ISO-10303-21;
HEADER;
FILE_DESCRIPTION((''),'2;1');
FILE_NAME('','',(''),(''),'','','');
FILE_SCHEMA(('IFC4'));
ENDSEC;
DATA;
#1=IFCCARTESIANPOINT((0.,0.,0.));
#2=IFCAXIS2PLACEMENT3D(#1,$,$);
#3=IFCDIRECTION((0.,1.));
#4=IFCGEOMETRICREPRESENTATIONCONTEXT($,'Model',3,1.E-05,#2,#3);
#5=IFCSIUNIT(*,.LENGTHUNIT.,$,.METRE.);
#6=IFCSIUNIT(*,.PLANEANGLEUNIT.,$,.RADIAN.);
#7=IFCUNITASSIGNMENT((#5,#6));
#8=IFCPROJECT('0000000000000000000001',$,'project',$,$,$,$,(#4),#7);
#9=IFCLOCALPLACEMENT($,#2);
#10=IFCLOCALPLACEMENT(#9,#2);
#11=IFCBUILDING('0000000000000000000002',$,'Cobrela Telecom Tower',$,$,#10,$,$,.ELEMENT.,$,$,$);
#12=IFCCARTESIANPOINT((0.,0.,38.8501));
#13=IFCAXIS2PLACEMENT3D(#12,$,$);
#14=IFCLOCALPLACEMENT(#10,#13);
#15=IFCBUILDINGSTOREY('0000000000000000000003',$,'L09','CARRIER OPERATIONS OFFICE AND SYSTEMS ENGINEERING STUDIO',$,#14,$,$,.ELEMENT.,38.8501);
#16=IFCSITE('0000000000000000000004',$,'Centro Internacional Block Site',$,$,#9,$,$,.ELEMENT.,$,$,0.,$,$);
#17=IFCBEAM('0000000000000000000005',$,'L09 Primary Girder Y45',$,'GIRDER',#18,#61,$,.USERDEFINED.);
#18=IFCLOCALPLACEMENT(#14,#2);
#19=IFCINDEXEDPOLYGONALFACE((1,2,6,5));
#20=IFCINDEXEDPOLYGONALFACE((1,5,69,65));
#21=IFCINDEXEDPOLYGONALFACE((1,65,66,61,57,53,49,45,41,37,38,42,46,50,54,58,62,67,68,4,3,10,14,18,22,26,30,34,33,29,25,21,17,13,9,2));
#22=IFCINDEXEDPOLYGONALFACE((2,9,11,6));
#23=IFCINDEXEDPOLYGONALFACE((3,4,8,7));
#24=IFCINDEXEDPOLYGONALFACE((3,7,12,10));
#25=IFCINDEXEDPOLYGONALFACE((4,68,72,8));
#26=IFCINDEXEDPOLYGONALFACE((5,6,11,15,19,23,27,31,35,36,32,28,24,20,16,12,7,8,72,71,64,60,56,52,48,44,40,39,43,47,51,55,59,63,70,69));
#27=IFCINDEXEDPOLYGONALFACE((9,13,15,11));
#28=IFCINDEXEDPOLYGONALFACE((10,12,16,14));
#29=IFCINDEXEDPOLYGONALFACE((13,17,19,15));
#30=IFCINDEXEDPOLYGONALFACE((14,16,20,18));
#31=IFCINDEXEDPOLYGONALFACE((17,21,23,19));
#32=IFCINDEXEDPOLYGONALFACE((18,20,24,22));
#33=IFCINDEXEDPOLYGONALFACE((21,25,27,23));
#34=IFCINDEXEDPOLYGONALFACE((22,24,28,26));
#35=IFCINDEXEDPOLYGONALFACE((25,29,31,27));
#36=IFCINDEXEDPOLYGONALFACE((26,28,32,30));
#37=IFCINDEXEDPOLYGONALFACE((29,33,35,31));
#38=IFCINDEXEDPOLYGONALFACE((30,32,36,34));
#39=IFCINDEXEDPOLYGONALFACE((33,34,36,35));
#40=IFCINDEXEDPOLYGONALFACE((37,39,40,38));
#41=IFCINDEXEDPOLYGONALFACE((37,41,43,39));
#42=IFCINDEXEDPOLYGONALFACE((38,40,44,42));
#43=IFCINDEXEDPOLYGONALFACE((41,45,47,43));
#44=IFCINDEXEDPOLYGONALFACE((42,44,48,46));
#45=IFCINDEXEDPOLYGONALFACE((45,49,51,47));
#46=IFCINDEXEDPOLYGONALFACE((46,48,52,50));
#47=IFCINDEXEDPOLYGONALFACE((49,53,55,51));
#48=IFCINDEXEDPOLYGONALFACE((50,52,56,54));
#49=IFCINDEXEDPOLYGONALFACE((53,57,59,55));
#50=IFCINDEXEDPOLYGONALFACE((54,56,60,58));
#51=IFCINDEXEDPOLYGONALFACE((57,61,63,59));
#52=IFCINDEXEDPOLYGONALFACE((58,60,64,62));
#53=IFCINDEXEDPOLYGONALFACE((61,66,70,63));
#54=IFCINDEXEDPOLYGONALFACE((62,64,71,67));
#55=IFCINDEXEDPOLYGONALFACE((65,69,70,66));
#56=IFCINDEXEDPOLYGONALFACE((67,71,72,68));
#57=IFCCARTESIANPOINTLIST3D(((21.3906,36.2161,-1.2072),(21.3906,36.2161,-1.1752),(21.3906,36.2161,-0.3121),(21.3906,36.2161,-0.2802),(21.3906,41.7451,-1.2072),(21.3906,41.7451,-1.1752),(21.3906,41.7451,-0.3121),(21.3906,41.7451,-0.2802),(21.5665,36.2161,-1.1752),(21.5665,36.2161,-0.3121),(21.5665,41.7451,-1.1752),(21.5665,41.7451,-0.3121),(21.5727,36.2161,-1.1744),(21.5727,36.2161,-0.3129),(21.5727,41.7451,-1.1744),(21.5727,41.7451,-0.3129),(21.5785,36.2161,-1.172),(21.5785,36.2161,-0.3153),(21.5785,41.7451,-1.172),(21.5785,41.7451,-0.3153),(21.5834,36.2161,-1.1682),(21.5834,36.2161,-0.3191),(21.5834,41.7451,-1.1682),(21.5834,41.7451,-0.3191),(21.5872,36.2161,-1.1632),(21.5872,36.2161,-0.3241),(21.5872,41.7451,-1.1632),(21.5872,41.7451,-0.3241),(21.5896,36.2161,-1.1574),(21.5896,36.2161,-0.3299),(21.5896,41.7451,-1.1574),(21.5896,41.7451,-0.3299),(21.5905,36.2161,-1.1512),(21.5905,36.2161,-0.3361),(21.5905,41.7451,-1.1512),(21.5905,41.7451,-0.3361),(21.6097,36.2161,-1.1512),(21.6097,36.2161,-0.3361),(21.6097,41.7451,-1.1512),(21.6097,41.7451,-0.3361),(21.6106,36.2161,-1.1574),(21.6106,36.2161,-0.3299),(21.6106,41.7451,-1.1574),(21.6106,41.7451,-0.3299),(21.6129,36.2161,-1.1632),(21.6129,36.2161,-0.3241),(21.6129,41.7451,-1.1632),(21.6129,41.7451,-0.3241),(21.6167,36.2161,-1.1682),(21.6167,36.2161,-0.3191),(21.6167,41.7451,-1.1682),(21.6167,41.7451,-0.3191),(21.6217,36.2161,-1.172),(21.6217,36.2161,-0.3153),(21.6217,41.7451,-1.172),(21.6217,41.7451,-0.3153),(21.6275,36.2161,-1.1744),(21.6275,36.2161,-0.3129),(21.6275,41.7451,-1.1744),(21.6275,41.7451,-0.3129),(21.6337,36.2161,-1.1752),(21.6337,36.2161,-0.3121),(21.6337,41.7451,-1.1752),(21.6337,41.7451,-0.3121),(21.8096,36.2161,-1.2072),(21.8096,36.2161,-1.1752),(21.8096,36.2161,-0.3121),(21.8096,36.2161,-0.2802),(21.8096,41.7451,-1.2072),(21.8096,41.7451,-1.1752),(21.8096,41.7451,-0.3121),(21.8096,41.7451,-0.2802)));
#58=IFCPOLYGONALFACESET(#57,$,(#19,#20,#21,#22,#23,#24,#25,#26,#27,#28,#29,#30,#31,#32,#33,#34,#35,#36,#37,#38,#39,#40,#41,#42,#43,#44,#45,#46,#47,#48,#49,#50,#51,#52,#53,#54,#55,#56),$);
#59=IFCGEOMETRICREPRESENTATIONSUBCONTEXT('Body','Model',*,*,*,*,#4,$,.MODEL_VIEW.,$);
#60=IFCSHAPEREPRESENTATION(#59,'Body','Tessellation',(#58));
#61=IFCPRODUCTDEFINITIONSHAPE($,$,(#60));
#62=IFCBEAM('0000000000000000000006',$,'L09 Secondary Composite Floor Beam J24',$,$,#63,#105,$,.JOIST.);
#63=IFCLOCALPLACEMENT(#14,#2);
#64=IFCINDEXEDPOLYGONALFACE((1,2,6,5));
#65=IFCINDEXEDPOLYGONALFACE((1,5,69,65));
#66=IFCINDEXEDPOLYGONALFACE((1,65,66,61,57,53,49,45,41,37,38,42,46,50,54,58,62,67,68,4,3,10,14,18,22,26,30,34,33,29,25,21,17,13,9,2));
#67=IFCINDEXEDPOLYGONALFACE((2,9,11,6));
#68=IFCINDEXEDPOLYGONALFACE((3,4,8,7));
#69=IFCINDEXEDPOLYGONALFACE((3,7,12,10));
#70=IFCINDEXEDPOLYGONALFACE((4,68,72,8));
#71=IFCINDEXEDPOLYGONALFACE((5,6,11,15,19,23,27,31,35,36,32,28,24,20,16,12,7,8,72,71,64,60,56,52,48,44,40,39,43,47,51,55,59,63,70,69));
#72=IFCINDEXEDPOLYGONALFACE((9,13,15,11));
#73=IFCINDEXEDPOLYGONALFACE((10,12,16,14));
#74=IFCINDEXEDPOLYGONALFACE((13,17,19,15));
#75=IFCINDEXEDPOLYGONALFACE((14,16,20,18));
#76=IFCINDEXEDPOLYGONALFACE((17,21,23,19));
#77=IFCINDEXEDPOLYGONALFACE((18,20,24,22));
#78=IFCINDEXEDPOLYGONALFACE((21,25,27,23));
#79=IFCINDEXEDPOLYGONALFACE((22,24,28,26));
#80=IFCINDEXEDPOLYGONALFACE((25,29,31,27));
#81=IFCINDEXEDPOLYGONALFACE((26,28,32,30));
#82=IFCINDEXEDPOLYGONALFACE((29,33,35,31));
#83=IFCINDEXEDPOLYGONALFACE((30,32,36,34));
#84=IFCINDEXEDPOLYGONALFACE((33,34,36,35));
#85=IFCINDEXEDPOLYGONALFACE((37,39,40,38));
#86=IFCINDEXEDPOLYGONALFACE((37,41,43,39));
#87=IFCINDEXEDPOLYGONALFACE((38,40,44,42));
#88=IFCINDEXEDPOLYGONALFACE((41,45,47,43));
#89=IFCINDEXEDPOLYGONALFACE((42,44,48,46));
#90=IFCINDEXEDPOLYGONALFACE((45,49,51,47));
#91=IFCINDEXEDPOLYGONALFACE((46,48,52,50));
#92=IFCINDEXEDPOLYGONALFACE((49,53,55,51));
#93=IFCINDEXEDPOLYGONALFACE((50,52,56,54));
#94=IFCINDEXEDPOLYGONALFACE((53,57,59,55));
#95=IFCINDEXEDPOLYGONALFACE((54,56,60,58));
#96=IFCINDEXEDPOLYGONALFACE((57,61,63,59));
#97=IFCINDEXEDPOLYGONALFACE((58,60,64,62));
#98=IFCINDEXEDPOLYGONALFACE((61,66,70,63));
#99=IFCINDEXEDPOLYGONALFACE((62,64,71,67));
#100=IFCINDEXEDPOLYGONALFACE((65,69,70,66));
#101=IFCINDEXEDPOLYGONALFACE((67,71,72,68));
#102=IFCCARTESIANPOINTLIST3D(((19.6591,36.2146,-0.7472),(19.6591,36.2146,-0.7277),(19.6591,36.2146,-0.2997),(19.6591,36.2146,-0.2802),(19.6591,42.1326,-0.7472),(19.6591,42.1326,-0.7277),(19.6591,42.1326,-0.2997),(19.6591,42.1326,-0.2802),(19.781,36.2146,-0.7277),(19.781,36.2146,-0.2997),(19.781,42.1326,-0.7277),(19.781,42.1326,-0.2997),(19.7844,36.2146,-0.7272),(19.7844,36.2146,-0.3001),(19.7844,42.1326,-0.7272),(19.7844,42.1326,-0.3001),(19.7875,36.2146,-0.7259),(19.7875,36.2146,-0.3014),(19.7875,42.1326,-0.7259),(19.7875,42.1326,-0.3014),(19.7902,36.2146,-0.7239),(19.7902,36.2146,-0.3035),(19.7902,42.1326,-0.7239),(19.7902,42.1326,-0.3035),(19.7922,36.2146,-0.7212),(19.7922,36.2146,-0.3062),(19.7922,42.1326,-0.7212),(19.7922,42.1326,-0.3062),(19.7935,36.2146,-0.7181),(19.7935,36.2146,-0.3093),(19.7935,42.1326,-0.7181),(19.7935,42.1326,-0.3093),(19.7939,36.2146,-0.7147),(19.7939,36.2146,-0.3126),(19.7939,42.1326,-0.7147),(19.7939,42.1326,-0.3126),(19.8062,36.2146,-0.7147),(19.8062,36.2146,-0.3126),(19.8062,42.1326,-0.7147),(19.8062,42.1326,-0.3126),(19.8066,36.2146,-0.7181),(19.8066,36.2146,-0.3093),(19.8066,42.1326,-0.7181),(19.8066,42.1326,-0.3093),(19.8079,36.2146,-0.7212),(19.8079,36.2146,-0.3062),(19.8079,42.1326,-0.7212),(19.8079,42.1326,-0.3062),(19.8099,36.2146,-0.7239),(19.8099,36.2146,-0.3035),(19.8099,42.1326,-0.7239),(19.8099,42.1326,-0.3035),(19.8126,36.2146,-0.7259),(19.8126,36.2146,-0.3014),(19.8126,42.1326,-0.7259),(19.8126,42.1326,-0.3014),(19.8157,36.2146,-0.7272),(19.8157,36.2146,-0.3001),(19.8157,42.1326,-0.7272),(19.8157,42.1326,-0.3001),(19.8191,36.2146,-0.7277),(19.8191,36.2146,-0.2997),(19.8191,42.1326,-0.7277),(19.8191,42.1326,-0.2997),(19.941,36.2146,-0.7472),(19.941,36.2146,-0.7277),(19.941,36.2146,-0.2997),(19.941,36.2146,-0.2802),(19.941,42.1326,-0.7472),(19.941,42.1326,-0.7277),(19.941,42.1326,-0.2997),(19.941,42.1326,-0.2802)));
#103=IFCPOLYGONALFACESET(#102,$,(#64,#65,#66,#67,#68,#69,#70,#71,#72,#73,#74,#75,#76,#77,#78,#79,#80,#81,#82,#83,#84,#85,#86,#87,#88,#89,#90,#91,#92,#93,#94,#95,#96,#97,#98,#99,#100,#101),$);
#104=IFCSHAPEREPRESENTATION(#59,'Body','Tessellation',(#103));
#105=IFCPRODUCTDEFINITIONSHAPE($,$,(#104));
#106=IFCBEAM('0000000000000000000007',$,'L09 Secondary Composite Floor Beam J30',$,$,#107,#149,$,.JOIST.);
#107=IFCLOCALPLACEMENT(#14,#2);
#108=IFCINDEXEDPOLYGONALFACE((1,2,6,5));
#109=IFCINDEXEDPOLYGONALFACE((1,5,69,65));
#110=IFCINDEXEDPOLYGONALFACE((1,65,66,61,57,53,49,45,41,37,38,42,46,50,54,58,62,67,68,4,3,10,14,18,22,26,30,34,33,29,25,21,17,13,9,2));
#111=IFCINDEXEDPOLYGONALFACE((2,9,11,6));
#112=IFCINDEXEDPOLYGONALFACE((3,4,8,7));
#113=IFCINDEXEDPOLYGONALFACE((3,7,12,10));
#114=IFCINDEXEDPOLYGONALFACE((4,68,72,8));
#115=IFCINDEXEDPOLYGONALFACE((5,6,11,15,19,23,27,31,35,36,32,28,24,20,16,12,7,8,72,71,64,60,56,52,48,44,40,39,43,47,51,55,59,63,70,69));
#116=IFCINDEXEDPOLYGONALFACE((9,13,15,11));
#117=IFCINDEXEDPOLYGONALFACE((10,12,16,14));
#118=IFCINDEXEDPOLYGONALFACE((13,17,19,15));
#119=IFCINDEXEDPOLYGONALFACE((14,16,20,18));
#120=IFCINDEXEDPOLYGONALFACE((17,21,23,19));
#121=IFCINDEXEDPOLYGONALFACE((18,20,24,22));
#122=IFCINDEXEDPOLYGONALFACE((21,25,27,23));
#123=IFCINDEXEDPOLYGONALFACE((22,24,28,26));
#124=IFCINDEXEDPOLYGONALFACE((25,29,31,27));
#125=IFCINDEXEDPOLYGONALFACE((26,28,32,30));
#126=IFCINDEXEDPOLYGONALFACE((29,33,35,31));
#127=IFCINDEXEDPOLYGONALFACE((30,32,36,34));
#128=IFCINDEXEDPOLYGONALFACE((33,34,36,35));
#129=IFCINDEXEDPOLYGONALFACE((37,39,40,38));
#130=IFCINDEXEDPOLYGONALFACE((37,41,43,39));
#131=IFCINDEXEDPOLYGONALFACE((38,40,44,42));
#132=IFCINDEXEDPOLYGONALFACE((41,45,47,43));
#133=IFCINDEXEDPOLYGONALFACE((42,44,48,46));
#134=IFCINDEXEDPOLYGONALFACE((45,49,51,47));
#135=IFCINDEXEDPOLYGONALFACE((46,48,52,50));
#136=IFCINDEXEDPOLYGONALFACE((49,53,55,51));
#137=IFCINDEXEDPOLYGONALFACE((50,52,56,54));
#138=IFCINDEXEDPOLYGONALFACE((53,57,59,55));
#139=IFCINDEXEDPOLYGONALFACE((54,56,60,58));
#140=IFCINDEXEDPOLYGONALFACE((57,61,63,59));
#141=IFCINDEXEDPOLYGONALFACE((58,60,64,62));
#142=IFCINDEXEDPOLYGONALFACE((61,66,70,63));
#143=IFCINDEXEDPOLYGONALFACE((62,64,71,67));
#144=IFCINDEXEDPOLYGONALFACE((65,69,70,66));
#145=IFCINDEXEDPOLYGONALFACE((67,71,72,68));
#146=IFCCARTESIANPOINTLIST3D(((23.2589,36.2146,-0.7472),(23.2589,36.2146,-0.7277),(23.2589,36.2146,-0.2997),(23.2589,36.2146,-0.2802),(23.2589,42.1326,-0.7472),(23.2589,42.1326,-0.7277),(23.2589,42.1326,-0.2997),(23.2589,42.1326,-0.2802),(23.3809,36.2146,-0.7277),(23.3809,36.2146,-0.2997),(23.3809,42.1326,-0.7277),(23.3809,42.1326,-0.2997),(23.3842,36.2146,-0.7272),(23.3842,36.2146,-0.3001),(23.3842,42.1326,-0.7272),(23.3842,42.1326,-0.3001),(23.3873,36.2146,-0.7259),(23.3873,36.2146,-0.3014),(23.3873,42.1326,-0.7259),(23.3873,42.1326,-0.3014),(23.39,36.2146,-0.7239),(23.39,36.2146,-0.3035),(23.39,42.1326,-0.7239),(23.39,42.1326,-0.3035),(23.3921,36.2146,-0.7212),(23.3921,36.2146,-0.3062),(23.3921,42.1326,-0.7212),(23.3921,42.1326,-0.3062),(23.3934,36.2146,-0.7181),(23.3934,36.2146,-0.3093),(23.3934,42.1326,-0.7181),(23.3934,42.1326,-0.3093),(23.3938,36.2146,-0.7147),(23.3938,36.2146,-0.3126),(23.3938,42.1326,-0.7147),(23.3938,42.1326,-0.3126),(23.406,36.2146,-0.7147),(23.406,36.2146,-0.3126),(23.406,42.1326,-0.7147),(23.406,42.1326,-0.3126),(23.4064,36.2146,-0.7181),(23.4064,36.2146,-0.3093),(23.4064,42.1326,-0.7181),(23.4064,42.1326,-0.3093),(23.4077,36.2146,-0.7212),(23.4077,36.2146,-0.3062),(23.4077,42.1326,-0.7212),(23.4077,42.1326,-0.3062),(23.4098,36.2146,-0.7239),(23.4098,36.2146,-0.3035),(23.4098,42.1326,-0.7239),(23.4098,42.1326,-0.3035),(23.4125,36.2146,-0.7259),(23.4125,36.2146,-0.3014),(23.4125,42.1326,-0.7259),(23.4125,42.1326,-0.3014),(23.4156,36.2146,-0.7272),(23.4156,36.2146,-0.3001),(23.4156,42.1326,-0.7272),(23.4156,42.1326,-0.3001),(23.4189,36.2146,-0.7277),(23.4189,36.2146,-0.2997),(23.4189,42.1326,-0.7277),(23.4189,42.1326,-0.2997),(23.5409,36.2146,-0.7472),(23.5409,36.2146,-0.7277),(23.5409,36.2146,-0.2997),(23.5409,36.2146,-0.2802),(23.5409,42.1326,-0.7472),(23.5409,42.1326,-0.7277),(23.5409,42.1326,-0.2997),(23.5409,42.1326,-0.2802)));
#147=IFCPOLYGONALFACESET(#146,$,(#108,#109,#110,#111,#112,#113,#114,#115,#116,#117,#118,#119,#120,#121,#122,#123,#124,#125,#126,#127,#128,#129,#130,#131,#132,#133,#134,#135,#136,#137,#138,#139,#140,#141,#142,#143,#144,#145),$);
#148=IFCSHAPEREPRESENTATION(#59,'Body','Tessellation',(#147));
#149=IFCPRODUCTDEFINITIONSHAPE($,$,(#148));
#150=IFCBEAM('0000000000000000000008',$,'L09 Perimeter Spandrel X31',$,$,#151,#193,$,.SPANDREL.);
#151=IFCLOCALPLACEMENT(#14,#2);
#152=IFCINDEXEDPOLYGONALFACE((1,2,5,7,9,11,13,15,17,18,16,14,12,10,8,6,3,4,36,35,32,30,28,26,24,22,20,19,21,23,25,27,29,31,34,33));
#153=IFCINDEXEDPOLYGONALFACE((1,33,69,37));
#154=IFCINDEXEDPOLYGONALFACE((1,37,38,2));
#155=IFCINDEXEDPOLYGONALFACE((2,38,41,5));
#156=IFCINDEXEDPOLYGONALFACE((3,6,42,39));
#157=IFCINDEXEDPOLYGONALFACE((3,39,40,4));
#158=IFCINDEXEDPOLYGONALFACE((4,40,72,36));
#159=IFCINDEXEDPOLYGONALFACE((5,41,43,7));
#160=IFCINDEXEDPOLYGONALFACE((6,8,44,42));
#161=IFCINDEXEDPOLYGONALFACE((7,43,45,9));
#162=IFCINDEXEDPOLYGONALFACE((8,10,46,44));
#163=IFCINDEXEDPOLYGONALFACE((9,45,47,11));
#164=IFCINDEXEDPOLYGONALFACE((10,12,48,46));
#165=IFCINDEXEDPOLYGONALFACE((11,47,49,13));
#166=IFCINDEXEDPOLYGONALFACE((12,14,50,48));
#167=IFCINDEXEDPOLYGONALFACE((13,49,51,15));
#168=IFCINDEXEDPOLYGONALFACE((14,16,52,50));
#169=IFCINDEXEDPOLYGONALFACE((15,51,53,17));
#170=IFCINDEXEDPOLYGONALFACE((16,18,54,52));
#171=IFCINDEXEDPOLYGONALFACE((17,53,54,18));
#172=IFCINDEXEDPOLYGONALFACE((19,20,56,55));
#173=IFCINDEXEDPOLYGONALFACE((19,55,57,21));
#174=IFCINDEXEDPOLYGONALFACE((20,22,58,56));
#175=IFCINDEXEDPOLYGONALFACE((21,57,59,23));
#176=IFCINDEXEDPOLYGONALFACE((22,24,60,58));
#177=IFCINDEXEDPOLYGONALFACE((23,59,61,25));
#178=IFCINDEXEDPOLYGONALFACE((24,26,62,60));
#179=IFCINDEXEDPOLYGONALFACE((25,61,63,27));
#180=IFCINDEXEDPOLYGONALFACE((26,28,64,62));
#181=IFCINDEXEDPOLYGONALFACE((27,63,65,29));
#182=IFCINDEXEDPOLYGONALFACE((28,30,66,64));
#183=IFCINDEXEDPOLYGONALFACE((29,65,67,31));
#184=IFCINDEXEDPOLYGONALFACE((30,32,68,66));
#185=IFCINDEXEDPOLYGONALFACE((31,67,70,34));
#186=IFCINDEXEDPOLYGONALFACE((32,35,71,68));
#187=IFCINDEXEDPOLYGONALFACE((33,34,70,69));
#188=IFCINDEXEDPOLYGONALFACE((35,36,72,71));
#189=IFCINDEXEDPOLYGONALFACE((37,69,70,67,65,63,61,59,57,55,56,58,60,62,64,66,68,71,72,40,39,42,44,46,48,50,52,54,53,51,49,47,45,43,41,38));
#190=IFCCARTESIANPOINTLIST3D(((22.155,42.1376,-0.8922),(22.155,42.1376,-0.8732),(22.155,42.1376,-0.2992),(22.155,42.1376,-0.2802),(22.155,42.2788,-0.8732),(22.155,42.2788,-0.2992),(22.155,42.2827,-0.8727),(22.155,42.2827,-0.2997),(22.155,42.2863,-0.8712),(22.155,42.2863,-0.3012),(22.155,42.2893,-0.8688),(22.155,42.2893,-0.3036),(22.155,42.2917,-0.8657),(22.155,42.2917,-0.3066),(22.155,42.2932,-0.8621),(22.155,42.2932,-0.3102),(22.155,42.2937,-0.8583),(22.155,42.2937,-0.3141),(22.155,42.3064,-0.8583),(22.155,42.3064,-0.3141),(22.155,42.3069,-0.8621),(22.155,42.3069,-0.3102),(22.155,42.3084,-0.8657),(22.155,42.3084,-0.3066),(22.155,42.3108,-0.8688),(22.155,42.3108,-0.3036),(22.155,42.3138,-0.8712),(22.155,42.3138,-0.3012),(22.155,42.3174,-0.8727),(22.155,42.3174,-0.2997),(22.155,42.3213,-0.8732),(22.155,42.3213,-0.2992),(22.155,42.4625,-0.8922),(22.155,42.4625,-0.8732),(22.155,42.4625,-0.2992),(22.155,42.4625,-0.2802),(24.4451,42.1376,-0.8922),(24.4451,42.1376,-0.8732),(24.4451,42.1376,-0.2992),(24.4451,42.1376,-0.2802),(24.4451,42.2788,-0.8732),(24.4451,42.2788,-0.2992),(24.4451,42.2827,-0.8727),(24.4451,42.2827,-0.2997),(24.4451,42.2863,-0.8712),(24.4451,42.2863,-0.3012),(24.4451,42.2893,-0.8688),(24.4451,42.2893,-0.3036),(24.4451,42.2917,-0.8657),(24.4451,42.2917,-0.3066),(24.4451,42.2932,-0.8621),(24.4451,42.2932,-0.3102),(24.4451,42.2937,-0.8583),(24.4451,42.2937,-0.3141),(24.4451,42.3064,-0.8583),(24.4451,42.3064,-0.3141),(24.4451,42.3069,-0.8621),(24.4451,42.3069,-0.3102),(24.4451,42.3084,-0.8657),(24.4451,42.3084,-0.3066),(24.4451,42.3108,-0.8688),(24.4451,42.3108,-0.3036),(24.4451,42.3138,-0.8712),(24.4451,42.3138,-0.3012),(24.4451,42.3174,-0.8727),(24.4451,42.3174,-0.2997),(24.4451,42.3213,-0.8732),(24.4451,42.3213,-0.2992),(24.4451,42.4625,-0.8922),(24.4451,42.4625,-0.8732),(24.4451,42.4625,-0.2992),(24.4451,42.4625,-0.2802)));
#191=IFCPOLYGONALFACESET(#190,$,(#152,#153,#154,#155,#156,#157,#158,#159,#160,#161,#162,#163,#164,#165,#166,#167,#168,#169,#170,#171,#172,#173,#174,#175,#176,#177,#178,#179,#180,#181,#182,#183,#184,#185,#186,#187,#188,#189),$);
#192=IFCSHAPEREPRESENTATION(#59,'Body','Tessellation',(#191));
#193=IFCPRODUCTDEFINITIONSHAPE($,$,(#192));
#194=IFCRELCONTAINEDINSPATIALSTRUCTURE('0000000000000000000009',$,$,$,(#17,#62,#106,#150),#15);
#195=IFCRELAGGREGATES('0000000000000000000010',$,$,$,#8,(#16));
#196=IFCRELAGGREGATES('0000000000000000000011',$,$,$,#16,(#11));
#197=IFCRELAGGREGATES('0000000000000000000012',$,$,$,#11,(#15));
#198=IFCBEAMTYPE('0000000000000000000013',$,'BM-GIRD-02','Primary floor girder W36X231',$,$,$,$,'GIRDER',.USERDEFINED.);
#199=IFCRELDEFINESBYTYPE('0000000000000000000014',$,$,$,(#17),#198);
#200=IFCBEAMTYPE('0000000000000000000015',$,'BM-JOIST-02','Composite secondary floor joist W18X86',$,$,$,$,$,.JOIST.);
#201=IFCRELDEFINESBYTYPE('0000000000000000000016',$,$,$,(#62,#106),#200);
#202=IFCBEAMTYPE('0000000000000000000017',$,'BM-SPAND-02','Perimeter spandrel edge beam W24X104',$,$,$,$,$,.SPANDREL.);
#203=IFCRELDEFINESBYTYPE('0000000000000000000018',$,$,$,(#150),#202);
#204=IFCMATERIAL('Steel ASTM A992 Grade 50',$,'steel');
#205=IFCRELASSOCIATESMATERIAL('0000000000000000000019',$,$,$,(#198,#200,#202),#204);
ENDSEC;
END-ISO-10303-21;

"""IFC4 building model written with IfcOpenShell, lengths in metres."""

from ifc_helpers import new_model, si_unit, direction, frame, origin, origin_2d, place, context, subcontext, project, spatial, i_section, extrude, material, material_profile, profile_set, type_object, element, save


model = new_model("IFC4")

# Units and contexts
model_context = context("Model", 3, precision=1e-05, world=origin(), true_north=direction((0.0, 1.0)))
body_context = subcontext(model_context, "Body", "Model", "MODEL_VIEW")
ifc_project = project(units=[si_unit("LENGTHUNIT", "METRE"), si_unit("PLANEANGLEUNIT", "RADIAN")], contexts=[model_context])

# Site, building, storey
site_placement = place(None, origin())
site = spatial("IfcSite", under=ifc_project, at=site_placement, Name="Centro Internacional Block Site", CompositionType="ELEMENT", RefElevation=0.0)
building_placement = place(site_placement, origin())
building = spatial("IfcBuilding", under=site, at=building_placement, Name="Cobrela Telecom Tower", CompositionType="ELEMENT")
storey_placement = place(building_placement, frame((0.0, 0.0, 38.8501)))
storey = spatial("IfcBuildingStorey", under=building, at=storey_placement, Name="L09", Description="CARRIER OPERATIONS OFFICE AND SYSTEMS ENGINEERING STUDIO", CompositionType="ELEMENT", Elevation=38.8501)

# Shared definitions
ifc_material_1 = material(Name="Steel ASTM A992 Grade 50", Category="steel")

# Beams
ifc_material_profile_1 = material_profile(ifc_material_1, i_section(OverallWidth=0.4189, OverallDepth=0.927, WebThickness=0.0193, FlangeThickness=0.032, FilletRadius=0.0239, at=origin_2d()), Name="W36X231")
ifc_profile_set_1 = profile_set([ifc_material_profile_1], Name="Steel ASTM A992 Grade 50")
beam_type_1 = type_object("IfcBeamType", Name="BM-GIRD-02", Description="Primary floor girder W36X231", ElementType="GIRDER", PredefinedType="USERDEFINED", material=ifc_profile_set_1)
beam_1_placement = place(storey_placement, frame((21.6001, 36.2161, -0.7437), z_axis=(0.0, 1.0, 0.0), x_axis=(-1.0, 0.0, 0.0)))
element("IfcBeam", 1, at=beam_1_placement, inside=storey, type_object=beam_type_1, Name="L09 Primary Girder Y45", ObjectType="GIRDER", PredefinedType="USERDEFINED", context=body_context, shape_type="SweptSolid", body=[
    extrude(i_section(OverallWidth=0.4189, OverallDepth=0.927, WebThickness=0.0193, FlangeThickness=0.032, FilletRadius=0.0239, at=origin_2d()), origin(), (0.0, 0.0, 1.0), 5.5291),
])
ifc_material_profile_2 = material_profile(ifc_material_1, i_section(OverallWidth=0.282, OverallDepth=0.467, WebThickness=0.0122, FlangeThickness=0.0195, FilletRadius=0.0129, at=origin_2d()), Name="W18X86")
ifc_profile_set_2 = profile_set([ifc_material_profile_2], Name="Steel ASTM A992 Grade 50")
beam_type_2 = type_object("IfcBeamType", Name="BM-JOIST-02", Description="Composite secondary floor joist W18X86", PredefinedType="JOIST", material=ifc_profile_set_2)
for number, where, z_axis, x_axis, name in (
    (2, (19.8, 36.2146, -0.5137), (0.0, 1.0, 0.0), (-1.0, 0.0, 0.0), "L09 Secondary Composite Floor Beam J24"),
    (3, (23.3999, 36.2146, -0.5137), (0.0, 1.0, 0.0), (-1.0, 0.0, 0.0), "L09 Secondary Composite Floor Beam J30"),
):
    element("IfcBeam", number, at=place(storey_placement, frame(where, z_axis=z_axis, x_axis=x_axis)), inside=storey, type_object=beam_type_2, Name=name, PredefinedType="JOIST", context=body_context, shape_type="SweptSolid", body=[
        extrude(i_section(OverallWidth=0.282, OverallDepth=0.467, WebThickness=0.0122, FlangeThickness=0.0195, FilletRadius=0.0129, at=origin_2d()), origin(), (0.0, 0.0, 1.0), 5.918),
    ])
ifc_material_profile_3 = material_profile(ifc_material_1, i_section(OverallWidth=0.325, OverallDepth=0.6121, WebThickness=0.0127, FlangeThickness=0.019, FilletRadius=0.0149, at=origin_2d()), Name="W24X104")
ifc_profile_set_3 = profile_set([ifc_material_profile_3], Name="Steel ASTM A992 Grade 50")
beam_type_3 = type_object("IfcBeamType", Name="BM-SPAND-02", Description="Perimeter spandrel edge beam W24X104", PredefinedType="SPANDREL", material=ifc_profile_set_3)
beam_2_placement = place(storey_placement, frame((22.155, 42.3, -0.5862), z_axis=(1.0, 0.0, 0.0), x_axis=(0.0, 1.0, 0.0)))
element("IfcBeam", 4, at=beam_2_placement, inside=storey, type_object=beam_type_3, Name="L09 Perimeter Spandrel X31", PredefinedType="SPANDREL", context=body_context, shape_type="SweptSolid", body=[
    extrude(i_section(OverallWidth=0.325, OverallDepth=0.6121, WebThickness=0.0127, FlangeThickness=0.019, FilletRadius=0.0149, at=origin_2d()), origin(), (0.0, 0.0, 1.0), 2.29),
])

save(model, "model.ifc")
